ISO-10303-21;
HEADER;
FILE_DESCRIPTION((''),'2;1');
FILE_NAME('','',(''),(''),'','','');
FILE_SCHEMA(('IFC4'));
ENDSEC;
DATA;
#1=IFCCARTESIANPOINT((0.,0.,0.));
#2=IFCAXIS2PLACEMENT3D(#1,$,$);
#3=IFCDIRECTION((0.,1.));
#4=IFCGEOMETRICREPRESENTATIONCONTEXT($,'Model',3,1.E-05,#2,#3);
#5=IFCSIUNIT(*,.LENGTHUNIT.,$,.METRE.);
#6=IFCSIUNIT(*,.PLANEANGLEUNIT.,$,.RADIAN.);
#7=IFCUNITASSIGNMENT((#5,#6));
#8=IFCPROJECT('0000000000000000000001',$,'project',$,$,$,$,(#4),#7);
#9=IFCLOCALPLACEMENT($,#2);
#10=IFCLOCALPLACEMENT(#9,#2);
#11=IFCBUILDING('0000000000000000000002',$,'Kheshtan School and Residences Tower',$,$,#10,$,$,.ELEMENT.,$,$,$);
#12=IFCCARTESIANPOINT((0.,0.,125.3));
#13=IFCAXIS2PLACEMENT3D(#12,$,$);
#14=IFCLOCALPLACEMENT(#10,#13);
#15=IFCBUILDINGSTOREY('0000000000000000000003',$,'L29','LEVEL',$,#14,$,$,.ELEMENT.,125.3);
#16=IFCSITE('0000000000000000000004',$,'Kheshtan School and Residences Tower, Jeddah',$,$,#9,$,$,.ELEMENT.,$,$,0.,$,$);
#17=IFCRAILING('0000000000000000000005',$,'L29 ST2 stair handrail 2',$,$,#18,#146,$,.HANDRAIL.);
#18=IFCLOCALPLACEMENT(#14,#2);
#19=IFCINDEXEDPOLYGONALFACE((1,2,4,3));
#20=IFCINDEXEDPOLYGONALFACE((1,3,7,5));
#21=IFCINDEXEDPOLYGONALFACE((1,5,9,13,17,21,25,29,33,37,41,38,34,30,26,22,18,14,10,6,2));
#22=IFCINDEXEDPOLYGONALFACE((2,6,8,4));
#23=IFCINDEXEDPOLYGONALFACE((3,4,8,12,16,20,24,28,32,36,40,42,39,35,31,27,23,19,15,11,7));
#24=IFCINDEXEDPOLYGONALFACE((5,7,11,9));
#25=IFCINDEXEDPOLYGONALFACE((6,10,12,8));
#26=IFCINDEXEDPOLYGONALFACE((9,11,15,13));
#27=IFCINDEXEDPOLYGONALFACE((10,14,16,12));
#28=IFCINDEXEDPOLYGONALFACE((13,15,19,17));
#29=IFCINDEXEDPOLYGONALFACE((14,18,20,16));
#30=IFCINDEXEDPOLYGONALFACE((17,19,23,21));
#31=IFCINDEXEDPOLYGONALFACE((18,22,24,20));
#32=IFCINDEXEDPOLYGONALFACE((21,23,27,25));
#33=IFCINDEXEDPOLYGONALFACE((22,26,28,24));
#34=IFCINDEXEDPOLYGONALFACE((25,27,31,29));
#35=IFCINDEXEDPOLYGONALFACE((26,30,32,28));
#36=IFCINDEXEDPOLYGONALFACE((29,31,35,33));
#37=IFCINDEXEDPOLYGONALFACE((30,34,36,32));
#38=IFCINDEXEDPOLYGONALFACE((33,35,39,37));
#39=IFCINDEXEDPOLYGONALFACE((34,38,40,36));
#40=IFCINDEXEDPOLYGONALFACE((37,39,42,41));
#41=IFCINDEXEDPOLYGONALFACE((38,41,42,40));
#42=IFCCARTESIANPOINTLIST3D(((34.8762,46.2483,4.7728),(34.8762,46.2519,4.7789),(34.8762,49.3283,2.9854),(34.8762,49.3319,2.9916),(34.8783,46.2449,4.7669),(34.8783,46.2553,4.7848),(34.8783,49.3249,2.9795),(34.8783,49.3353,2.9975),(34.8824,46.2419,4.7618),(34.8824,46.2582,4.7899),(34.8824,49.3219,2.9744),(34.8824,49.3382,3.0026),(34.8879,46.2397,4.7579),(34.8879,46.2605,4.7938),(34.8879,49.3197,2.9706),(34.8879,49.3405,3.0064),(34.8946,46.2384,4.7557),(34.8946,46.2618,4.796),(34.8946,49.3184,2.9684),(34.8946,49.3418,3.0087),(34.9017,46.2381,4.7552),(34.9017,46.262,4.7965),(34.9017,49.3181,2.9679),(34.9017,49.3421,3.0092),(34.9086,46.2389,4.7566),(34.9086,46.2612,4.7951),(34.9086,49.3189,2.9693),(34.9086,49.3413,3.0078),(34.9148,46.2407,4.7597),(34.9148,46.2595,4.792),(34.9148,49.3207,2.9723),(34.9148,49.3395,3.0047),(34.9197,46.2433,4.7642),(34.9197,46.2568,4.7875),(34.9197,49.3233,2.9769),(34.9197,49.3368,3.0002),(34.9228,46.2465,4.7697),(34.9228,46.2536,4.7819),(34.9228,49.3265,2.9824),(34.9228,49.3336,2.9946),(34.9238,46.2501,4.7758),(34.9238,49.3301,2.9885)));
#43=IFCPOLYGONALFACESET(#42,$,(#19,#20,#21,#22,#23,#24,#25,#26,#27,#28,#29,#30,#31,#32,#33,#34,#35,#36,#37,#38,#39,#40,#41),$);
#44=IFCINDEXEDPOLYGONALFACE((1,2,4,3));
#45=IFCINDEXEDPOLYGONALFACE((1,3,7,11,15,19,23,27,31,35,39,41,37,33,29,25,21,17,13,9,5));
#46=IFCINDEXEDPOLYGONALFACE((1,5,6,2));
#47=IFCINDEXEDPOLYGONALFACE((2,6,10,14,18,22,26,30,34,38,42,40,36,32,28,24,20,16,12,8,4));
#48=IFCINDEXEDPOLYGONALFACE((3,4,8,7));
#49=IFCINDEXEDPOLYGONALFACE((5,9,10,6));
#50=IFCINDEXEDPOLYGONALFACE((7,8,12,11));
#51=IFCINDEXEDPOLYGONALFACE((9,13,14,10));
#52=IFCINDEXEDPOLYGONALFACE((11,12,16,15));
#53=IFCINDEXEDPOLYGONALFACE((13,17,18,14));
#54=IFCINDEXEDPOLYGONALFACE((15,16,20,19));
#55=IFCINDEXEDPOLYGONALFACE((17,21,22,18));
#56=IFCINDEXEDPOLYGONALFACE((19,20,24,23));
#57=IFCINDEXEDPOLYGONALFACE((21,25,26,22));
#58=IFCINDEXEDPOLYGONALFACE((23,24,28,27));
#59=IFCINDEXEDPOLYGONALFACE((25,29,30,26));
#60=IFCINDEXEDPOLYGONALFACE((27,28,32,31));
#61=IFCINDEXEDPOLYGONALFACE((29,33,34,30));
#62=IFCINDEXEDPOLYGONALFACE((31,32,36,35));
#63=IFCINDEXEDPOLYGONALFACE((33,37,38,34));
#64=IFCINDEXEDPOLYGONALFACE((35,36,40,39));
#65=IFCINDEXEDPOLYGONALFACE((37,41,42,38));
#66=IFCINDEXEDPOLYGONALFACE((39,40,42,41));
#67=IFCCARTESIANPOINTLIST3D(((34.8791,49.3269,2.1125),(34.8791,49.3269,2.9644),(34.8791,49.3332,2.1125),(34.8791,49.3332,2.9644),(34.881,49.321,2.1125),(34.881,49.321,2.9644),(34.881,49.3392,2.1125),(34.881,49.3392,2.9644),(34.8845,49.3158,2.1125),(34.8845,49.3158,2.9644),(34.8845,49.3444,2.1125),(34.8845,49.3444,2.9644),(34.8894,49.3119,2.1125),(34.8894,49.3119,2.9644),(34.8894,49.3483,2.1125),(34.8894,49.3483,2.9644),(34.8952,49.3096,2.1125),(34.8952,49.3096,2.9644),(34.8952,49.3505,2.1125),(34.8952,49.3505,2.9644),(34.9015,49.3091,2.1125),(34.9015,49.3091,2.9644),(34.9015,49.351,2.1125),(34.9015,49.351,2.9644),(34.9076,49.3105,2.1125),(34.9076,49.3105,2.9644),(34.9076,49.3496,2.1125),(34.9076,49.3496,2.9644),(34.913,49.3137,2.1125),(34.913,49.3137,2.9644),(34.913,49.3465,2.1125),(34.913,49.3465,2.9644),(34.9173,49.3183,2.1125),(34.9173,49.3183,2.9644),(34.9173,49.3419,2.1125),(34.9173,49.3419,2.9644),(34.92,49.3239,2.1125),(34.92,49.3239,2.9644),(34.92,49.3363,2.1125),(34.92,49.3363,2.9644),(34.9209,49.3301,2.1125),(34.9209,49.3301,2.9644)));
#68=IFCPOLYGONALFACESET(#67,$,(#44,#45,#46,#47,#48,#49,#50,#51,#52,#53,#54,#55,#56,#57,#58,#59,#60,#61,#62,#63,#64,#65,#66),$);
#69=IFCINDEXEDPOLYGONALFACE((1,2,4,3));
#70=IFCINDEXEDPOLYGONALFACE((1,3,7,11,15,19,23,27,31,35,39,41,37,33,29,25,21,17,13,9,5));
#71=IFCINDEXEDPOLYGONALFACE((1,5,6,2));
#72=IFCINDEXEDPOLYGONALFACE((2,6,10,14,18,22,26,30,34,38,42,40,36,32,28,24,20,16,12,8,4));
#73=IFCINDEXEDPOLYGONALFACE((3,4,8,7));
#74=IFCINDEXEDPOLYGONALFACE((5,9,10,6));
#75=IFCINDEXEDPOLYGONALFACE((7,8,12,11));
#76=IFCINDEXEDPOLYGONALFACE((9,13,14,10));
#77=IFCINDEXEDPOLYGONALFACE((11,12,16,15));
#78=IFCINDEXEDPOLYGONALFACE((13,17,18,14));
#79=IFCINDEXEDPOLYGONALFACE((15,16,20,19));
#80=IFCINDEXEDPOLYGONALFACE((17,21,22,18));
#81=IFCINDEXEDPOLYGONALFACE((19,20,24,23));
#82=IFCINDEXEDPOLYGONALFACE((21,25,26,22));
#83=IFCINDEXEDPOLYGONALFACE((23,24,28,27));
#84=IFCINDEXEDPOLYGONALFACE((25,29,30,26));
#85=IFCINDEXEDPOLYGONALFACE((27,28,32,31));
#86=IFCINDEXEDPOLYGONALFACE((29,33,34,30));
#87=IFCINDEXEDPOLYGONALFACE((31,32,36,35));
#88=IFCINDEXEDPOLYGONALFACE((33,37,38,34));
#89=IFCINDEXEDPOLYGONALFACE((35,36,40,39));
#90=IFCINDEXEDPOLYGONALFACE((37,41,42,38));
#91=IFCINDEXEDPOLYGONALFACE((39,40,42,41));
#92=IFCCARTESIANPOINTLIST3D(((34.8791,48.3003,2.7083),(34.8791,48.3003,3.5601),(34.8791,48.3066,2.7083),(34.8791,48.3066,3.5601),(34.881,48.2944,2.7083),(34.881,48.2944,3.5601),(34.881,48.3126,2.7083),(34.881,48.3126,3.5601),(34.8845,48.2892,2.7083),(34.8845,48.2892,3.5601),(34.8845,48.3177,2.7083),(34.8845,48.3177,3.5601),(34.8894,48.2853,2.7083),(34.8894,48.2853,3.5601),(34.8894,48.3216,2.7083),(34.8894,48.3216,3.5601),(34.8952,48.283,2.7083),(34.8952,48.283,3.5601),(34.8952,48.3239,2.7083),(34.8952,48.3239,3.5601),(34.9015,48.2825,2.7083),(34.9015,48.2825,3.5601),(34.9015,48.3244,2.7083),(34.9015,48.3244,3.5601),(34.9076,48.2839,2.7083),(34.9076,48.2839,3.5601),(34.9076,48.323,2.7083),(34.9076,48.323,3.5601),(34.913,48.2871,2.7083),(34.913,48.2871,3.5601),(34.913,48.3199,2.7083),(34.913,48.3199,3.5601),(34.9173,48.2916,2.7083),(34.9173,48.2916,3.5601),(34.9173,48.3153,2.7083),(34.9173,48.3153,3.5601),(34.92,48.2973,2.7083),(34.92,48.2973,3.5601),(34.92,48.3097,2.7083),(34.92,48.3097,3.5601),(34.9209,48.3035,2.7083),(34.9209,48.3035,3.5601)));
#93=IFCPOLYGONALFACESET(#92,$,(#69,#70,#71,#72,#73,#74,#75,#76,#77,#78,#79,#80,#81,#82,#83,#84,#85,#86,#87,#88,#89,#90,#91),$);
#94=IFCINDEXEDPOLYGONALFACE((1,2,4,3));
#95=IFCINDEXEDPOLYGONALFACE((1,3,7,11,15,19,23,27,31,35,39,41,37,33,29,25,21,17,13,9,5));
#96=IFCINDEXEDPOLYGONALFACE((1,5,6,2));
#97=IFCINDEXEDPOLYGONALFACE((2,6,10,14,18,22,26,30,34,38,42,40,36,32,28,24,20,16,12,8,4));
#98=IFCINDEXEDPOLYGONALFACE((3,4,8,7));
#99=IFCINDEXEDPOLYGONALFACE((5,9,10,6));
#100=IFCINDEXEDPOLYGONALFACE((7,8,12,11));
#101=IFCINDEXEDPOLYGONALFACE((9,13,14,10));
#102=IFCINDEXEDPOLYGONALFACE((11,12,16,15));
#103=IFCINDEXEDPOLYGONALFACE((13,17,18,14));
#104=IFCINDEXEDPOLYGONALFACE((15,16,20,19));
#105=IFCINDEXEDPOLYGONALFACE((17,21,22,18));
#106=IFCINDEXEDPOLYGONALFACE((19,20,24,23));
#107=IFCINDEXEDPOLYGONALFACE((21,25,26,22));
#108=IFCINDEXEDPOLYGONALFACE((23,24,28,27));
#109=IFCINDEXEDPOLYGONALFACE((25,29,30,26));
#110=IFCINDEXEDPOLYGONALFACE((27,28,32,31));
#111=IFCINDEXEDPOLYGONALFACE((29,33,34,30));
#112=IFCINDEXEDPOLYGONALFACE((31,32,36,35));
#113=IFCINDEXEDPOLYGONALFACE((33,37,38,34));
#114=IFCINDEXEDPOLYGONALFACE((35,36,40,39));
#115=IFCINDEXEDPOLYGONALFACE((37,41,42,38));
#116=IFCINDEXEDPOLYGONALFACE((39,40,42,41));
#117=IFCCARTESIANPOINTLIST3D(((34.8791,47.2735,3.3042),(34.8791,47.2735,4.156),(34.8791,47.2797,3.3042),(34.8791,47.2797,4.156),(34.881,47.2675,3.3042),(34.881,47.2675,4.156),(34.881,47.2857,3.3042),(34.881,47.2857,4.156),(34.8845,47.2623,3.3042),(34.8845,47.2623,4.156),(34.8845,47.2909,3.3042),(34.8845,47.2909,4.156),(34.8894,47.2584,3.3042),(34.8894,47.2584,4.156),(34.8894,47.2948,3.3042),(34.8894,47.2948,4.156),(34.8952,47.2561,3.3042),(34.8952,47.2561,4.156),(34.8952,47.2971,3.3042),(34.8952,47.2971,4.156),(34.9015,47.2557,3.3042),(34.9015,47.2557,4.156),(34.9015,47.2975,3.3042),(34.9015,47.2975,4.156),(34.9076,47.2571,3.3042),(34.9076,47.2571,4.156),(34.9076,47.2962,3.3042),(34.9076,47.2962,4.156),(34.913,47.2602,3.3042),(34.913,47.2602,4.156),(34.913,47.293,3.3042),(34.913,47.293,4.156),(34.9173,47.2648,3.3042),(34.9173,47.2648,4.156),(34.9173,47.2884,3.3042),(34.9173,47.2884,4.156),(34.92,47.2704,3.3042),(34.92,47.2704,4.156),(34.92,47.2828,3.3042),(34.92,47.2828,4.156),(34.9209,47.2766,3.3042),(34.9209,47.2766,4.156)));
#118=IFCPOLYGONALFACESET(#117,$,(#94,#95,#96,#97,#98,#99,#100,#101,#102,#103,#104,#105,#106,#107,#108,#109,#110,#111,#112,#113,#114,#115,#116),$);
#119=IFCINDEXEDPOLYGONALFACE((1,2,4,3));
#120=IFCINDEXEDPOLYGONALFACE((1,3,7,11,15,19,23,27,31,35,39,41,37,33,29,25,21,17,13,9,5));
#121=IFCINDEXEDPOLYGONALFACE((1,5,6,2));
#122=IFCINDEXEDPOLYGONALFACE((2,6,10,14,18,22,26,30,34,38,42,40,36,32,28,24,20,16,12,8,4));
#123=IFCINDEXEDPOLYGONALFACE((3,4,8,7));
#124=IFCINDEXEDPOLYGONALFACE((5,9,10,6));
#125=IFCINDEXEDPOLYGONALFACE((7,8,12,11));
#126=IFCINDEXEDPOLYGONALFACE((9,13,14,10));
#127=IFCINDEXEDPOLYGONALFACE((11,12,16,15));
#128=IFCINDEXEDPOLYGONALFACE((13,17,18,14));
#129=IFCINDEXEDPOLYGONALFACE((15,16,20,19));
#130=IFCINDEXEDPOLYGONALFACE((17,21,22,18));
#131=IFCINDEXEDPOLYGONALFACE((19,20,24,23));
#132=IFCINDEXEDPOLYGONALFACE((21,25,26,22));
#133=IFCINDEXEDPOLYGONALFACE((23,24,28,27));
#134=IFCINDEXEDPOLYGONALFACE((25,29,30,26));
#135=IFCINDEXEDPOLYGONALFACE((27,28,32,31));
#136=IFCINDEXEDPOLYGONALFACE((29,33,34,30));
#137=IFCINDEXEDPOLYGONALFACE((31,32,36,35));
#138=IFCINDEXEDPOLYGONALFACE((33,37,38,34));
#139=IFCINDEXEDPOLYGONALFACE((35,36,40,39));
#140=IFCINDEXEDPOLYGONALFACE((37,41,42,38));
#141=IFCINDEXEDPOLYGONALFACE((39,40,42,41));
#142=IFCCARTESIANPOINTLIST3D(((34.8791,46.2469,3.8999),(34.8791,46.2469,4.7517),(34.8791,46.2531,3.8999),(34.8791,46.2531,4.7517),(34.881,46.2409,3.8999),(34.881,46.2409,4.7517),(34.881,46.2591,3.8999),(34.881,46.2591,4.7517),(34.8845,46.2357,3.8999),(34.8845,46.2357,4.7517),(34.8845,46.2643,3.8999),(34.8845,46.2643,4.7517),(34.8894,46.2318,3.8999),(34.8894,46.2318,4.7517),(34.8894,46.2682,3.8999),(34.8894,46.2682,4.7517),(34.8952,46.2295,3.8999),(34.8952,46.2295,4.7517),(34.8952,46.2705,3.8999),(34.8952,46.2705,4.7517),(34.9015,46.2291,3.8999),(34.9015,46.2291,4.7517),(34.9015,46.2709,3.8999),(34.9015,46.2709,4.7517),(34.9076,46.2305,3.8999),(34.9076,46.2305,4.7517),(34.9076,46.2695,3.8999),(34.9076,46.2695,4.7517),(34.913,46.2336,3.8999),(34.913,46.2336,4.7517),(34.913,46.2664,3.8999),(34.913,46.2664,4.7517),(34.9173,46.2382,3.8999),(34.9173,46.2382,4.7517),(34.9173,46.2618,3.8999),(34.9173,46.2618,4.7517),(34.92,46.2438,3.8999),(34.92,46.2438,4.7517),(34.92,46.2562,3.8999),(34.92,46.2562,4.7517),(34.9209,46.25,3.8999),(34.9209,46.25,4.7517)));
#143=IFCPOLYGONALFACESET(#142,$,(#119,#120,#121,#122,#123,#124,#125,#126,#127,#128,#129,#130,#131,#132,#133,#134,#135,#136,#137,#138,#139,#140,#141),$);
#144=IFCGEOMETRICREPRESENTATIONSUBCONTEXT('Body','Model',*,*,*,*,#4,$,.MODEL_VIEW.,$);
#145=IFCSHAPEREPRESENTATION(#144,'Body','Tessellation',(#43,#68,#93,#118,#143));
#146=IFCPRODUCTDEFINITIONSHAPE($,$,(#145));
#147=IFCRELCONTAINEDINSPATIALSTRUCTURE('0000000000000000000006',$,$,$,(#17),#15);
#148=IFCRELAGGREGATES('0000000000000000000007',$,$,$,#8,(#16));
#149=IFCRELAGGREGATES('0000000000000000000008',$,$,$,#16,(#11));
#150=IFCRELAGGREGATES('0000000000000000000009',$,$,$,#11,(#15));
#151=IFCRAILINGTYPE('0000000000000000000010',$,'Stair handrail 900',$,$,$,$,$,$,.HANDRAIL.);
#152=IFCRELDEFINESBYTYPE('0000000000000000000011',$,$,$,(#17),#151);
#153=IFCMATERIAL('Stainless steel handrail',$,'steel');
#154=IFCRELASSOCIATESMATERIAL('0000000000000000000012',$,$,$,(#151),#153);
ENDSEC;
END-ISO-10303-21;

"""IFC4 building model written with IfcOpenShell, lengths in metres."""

from ifc_helpers import new_model, si_unit, direction, frame, origin, origin_2d, place, context, subcontext, project, spatial, circle, extrude, material, type_object, element, save


model = new_model("IFC4")

# Units and contexts
model_context = context("Model", 3, precision=1e-05, world=origin(), true_north=direction((0.0, 1.0)))
body_context = subcontext(model_context, "Body", "Model", "MODEL_VIEW")
ifc_project = project(units=[si_unit("LENGTHUNIT", "METRE"), si_unit("PLANEANGLEUNIT", "RADIAN")], contexts=[model_context])

# Site, building, storey
site_placement = place(None, origin())
site = spatial("IfcSite", under=ifc_project, at=site_placement, Name="Kheshtan School and Residences Tower, Jeddah", CompositionType="ELEMENT", RefElevation=0.0)
building_placement = place(site_placement, origin())
building = spatial("IfcBuilding", under=site, at=building_placement, Name="Kheshtan School and Residences Tower", CompositionType="ELEMENT")
storey_placement = place(building_placement, frame((0.0, 0.0, 125.3)))
storey = spatial("IfcBuildingStorey", under=building, at=storey_placement, Name="L29", Description="LEVEL", CompositionType="ELEMENT", Elevation=125.3)

# Railing
ifc_material_1 = material(Name="Stainless steel handrail", Category="steel")
railing_type_1 = type_object("IfcRailingType", Name="Stair handrail 900", PredefinedType="HANDRAIL", material=ifc_material_1)
railing_1_placement = place(storey_placement, frame((34.8999, 49.3301, 2.1125)))
element("IfcRailing", 1, at=railing_1_placement, inside=storey, type_object=railing_type_1, Name="L29 ST2 stair handrail 2", PredefinedType="HANDRAIL", context=body_context, shape_type="SweptSolid", body=[
    extrude(circle(Radius=0.0239, at=origin_2d()), frame((0.0, 0.0, 0.876), z_axis=(0.0, -0.86492, 0.501909), x_axis=(1.0, 0.0, 0.0)), (0.0, 0.0, 1.0), 3.561),
    extrude(circle(Radius=0.021, at=origin_2d()), origin(), (0.0, 0.0, 1.0), 0.8518),
    extrude(circle(Radius=0.021, at=origin_2d()), frame((0.0, -1.0266, 0.5957)), (0.0, 0.0, 1.0), 0.8518),
    extrude(circle(Radius=0.021, at=origin_2d()), frame((0.0, -2.0535, 1.1917)), (0.0, 0.0, 1.0), 0.8518),
    extrude(circle(Radius=0.021, at=origin_2d()), frame((0.0, -3.0801, 1.7874)), (0.0, 0.0, 1.0), 0.8518),
])

save(model, "model.ifc")
